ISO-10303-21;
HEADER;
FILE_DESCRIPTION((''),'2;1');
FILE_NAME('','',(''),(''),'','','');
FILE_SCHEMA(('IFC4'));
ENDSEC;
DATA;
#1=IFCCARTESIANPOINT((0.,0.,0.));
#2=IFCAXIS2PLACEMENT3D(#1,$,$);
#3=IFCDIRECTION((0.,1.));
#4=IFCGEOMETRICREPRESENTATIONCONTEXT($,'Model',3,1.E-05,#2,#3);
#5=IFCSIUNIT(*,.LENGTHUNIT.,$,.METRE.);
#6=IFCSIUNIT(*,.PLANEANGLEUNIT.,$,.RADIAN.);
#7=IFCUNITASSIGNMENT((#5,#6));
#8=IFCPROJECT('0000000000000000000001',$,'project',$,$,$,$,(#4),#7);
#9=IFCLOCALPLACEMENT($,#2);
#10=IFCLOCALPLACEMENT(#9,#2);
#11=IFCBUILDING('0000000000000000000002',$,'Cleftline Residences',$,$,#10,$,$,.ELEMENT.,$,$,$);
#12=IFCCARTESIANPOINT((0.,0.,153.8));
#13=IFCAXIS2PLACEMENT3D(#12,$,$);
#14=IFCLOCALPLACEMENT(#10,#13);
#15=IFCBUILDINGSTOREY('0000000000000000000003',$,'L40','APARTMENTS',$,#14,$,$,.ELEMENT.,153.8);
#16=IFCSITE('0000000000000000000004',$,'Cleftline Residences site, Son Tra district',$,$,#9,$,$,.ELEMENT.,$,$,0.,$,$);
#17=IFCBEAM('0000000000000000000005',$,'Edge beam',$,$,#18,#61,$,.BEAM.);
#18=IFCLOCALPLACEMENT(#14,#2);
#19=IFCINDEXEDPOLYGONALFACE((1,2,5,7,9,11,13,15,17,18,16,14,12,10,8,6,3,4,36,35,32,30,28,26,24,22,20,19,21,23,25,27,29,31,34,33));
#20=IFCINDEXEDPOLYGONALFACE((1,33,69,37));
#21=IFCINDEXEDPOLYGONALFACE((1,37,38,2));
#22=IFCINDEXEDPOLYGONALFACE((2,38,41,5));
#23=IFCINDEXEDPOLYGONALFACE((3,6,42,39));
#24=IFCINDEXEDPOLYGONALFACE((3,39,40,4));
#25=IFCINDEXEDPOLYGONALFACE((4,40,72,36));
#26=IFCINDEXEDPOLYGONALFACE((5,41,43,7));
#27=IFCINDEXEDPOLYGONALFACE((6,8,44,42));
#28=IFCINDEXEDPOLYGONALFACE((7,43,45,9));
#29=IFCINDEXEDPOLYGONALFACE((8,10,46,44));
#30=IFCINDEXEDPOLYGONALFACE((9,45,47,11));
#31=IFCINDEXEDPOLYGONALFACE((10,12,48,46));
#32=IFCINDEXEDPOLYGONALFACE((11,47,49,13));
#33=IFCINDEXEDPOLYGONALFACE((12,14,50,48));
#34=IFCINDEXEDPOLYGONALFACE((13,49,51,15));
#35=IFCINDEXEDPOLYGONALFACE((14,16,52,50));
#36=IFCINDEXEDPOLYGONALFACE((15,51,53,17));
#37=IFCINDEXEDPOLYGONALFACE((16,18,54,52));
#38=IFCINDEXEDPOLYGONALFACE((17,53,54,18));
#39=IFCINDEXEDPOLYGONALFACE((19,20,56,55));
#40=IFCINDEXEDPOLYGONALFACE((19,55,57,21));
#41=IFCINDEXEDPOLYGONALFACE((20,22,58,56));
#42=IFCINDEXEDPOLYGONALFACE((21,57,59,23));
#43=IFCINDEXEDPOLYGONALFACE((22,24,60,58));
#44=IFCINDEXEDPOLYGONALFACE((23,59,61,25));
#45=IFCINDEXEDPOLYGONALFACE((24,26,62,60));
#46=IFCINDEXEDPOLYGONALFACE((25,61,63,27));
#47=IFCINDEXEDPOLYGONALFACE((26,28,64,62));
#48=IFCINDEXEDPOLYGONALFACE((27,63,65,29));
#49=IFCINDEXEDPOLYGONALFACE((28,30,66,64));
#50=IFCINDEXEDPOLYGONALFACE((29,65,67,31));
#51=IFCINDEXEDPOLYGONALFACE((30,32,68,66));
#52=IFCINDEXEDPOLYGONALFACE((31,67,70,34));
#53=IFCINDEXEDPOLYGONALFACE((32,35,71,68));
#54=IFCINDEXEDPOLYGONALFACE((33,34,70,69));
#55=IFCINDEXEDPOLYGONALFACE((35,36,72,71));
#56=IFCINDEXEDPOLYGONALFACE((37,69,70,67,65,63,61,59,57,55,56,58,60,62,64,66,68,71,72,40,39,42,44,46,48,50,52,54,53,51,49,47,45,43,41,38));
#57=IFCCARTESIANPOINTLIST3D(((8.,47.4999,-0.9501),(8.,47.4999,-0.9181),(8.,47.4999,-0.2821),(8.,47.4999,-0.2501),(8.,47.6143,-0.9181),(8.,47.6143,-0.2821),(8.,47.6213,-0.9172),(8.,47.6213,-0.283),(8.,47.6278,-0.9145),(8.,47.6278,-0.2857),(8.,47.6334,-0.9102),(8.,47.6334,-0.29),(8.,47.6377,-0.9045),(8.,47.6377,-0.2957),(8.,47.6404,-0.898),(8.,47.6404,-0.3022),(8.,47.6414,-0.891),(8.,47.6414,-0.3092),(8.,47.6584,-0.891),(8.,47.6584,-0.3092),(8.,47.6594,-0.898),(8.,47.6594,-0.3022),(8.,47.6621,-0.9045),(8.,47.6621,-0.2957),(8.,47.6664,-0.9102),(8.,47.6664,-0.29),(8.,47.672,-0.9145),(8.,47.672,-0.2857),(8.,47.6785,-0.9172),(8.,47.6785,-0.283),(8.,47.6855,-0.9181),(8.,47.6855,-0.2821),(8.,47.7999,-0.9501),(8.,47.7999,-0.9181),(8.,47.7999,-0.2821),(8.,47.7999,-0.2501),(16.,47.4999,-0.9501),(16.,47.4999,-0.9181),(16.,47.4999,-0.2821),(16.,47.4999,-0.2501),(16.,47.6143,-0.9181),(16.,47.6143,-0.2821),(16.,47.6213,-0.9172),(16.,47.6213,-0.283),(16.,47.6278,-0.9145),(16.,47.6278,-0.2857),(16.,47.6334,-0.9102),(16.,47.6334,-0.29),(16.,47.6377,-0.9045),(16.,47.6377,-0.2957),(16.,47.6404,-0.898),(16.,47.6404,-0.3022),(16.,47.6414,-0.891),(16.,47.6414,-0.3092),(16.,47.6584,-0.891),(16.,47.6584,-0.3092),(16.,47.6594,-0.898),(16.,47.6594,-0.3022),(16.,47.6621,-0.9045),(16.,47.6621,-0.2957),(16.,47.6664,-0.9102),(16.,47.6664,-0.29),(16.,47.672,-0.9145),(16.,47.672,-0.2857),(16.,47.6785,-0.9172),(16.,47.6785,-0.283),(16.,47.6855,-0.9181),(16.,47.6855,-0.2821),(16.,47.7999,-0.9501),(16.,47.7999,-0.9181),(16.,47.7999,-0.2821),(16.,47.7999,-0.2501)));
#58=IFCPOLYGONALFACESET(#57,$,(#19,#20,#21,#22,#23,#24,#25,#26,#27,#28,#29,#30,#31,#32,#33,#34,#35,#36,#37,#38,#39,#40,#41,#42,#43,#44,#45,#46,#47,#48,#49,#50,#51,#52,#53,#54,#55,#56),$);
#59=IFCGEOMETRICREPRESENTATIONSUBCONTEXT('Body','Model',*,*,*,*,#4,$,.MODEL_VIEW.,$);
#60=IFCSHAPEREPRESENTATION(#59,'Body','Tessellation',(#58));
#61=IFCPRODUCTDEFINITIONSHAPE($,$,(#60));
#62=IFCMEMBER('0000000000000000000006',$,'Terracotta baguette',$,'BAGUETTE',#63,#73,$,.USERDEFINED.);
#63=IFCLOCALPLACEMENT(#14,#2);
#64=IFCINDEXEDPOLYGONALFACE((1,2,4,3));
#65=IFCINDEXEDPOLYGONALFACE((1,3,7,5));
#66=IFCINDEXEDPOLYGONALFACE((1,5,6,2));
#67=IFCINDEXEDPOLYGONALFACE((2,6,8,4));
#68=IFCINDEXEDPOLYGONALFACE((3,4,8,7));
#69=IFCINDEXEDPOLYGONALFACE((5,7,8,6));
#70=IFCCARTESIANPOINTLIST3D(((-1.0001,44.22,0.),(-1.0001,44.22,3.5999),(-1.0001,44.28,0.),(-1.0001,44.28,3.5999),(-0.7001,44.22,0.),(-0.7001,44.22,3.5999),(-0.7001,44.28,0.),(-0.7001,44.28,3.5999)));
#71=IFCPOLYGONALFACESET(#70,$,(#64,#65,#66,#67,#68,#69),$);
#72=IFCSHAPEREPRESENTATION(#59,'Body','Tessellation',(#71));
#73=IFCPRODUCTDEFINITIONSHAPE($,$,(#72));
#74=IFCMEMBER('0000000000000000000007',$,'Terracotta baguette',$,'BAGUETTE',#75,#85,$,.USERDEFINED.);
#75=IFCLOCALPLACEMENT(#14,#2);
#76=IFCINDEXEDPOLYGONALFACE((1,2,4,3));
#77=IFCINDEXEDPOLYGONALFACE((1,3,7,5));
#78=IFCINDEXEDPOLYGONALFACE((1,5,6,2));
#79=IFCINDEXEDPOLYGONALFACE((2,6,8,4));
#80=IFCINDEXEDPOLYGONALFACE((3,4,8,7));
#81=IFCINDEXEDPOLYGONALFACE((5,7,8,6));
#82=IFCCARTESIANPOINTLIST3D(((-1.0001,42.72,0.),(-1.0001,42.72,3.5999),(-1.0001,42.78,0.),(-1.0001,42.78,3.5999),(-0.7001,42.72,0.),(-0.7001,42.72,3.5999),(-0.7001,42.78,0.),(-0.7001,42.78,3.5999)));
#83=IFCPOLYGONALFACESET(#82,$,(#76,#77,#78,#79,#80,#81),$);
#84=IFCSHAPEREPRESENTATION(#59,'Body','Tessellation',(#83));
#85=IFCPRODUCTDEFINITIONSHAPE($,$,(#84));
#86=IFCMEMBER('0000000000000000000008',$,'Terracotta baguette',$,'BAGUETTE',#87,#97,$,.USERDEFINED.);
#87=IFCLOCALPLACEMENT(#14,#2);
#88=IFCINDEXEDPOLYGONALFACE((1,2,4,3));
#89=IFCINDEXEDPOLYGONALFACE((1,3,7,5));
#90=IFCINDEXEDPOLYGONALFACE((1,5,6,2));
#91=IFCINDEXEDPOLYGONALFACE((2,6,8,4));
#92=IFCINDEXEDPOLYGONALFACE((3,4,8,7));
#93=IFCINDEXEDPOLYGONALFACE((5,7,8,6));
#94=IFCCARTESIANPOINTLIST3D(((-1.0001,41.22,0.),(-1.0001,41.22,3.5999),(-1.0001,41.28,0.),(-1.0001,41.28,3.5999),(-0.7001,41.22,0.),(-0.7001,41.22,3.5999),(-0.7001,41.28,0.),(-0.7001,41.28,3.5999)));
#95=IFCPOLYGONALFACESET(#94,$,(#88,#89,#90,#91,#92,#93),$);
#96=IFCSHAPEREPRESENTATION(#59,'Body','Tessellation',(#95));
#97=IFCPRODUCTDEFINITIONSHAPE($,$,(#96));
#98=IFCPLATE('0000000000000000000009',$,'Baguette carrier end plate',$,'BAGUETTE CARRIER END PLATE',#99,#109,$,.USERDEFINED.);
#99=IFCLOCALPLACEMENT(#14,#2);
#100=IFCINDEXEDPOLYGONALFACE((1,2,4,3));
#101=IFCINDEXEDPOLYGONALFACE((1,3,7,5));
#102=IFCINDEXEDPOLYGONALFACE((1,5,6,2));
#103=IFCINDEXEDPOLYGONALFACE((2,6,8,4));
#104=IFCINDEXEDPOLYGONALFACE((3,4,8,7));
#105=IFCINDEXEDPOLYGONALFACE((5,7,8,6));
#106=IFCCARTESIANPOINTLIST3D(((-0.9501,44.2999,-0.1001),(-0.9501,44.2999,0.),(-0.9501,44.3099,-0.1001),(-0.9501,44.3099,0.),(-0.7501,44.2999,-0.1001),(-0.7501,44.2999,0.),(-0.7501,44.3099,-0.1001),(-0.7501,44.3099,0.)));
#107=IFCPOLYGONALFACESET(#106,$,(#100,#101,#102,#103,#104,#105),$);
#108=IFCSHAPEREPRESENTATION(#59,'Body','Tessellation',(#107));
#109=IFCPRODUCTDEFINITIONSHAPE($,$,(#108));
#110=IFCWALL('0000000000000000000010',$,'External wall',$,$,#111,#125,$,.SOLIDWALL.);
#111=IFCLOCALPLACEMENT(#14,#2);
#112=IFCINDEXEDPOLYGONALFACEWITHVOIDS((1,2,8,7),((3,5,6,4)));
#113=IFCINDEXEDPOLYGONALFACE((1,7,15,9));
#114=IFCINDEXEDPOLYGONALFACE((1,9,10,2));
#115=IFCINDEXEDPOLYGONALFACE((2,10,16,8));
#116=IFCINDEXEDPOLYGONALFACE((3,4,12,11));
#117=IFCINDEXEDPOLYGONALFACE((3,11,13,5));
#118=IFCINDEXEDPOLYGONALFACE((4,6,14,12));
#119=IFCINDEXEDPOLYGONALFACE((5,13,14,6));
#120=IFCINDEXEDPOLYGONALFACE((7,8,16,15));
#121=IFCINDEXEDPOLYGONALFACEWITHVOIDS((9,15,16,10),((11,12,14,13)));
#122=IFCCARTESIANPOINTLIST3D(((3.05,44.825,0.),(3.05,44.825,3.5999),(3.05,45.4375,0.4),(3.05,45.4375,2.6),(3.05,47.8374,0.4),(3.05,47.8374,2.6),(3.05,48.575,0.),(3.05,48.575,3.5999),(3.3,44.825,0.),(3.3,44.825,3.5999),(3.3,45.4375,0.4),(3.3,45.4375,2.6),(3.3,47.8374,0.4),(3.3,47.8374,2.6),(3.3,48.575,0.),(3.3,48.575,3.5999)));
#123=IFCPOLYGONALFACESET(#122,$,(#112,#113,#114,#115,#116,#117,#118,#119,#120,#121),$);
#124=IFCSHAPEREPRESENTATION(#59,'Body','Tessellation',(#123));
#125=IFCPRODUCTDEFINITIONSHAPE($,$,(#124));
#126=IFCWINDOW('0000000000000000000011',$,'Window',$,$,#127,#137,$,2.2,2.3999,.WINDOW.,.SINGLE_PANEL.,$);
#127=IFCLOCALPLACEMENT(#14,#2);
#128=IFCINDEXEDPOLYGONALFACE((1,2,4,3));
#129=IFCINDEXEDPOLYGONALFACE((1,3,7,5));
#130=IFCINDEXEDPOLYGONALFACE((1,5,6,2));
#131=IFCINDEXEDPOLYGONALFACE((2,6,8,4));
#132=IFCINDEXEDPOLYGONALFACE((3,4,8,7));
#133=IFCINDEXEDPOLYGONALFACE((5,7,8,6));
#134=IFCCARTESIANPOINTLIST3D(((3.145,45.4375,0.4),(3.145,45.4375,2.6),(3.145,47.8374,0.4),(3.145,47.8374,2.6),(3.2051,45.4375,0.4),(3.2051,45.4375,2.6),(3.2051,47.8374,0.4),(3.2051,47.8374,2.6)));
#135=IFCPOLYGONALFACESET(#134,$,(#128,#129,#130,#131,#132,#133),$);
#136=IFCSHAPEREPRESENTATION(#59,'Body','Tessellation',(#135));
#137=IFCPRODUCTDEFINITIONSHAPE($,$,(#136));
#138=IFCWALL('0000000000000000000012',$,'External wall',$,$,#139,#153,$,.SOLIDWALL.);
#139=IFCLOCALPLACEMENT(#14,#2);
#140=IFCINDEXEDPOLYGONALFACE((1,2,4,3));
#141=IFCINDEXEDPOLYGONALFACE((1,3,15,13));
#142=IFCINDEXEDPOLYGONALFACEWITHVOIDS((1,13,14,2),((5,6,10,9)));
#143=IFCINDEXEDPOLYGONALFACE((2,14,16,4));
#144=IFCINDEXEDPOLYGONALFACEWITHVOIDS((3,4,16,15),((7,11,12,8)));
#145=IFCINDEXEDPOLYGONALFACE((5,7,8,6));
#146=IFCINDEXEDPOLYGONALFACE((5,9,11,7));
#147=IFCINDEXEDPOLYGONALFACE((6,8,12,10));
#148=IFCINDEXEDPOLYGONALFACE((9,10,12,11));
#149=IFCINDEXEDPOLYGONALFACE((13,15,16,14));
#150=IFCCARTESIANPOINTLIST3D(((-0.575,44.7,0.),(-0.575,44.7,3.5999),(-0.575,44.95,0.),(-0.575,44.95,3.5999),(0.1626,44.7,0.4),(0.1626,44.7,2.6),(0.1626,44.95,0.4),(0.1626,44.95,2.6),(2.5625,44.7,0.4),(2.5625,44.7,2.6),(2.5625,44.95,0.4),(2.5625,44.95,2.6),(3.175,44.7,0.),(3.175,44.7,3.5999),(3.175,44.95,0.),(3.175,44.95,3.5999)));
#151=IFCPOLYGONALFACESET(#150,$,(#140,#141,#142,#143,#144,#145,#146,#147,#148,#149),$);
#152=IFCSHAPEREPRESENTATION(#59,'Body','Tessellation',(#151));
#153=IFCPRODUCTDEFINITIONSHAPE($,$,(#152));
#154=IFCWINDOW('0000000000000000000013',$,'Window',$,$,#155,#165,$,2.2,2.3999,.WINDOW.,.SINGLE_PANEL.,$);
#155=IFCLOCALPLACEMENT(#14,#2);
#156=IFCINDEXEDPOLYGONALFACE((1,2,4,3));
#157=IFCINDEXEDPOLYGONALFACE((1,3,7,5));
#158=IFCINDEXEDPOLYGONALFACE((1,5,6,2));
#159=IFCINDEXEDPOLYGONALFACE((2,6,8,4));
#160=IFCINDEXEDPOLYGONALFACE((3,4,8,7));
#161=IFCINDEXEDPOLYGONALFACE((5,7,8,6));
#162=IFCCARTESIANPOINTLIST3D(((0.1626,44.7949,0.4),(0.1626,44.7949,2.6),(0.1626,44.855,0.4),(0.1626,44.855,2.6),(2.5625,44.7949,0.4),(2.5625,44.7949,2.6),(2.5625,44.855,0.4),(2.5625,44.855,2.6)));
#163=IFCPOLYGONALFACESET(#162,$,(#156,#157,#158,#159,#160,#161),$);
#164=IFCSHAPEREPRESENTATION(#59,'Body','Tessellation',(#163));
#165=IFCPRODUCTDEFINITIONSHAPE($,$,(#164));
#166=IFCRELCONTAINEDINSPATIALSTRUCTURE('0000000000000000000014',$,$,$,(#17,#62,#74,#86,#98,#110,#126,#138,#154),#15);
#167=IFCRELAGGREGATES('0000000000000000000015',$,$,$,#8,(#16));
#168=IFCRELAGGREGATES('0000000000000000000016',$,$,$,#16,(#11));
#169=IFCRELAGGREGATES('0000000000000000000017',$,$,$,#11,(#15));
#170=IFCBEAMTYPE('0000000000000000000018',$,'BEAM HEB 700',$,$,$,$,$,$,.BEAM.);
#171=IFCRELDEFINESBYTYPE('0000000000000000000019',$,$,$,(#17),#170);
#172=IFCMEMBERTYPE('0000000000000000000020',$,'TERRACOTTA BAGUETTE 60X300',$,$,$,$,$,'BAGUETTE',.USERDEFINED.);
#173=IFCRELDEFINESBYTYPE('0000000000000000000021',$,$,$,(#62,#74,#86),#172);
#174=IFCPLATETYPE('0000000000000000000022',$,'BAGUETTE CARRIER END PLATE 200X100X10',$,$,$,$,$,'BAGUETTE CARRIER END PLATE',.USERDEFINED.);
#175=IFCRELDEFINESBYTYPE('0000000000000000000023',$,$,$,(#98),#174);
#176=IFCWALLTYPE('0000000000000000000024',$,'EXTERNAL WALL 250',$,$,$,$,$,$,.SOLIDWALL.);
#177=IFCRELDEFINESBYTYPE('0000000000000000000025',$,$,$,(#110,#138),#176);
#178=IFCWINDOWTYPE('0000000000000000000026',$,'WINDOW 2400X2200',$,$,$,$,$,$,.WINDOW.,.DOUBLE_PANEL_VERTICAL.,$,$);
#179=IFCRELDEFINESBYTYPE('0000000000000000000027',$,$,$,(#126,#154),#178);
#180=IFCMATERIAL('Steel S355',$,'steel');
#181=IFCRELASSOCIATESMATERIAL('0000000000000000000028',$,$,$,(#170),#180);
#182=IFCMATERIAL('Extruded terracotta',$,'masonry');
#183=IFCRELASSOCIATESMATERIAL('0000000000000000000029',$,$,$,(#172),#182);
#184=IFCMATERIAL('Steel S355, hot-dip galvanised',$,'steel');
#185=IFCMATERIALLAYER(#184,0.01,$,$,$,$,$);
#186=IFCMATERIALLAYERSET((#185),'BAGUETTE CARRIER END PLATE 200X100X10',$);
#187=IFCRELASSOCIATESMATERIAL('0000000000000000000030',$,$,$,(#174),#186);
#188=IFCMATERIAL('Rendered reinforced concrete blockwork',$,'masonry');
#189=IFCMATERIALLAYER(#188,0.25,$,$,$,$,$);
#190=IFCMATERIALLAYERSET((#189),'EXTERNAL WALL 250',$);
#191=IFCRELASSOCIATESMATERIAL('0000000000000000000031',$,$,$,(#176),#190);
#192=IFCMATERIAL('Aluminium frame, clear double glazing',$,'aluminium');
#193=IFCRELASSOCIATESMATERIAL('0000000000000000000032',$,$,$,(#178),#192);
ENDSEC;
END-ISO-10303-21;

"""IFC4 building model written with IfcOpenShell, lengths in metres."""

from ifc_helpers import new_model, si_unit, direction, frame, frame_2d, origin, origin_2d, place, context, subcontext, project, spatial, rectangle, i_section, extrude, material, layer, layer_set, material_profile, profile_set, type_object, element, fill, save


model = new_model("IFC4")

# Units and contexts
model_context = context("Model", 3, precision=1e-05, world=origin(), true_north=direction((0.0, 1.0)))
body_context = subcontext(model_context, "Body", "Model", "MODEL_VIEW")
ifc_project = project(units=[si_unit("LENGTHUNIT", "METRE"), si_unit("PLANEANGLEUNIT", "RADIAN")], contexts=[model_context])

# Site, building, storey
site_placement = place(None, origin())
site = spatial("IfcSite", under=ifc_project, at=site_placement, Name="Cleftline Residences site, Son Tra district", CompositionType="ELEMENT", RefElevation=0.0)
building_placement = place(site_placement, origin())
building = spatial("IfcBuilding", under=site, at=building_placement, Name="Cleftline Residences", CompositionType="ELEMENT")
storey_placement = place(building_placement, frame((0.0, 0.0, 153.8)))
storey = spatial("IfcBuildingStorey", under=building, at=storey_placement, Name="L40", Description="APARTMENTS", CompositionType="ELEMENT", Elevation=153.8)

# Beam
ifc_material_1 = material(Name="Steel S355", Category="steel")
ifc_material_profile_1 = material_profile(ifc_material_1, i_section(OverallWidth=0.3, OverallDepth=0.7, WebThickness=0.0171, FlangeThickness=0.032, FilletRadius=0.0271, at=origin_2d()))
ifc_profile_set_1 = profile_set([ifc_material_profile_1], Name="Steel S355")
beam_type = type_object("IfcBeamType", Name="BEAM HEB 700", PredefinedType="BEAM", material=ifc_profile_set_1)
beam_placement = place(storey_placement, frame((8.0, 47.6499, -0.6001), z_axis=(1.0, 0.0, 0.0), x_axis=(0.0, 1.0, 0.0)))
element("IfcBeam", 1, at=beam_placement, inside=storey, type_object=beam_type, Name="Edge beam", PredefinedType="BEAM", context=body_context, shape_type="SweptSolid", body=[
    extrude(i_section(OverallWidth=0.3, OverallDepth=0.7, WebThickness=0.0171, FlangeThickness=0.032, FilletRadius=0.0271, at=origin_2d()), origin(), (0.0, 0.0, 1.0), 8.0),
])

# Members
ifc_material_2 = material(Name="Extruded terracotta", Category="masonry")
ifc_material_profile_2 = material_profile(ifc_material_2, rectangle(XDim=0.0601, YDim=0.3, at=origin_2d()))
ifc_profile_set_2 = profile_set([ifc_material_profile_2], Name="Extruded terracotta")
member_type_1 = type_object("IfcMemberType", Name="TERRACOTTA BAGUETTE 60X300", ElementType="BAGUETTE", PredefinedType="USERDEFINED", material=ifc_profile_set_2)
for number, where, z_axis, x_axis, name in (
    (2, (-0.8501, 44.25, 0.0), (0.0, 0.0, 1.0), (0.0, 1.0, 0.0), "Terracotta baguette"),
    (3, (-0.8501, 42.75, 0.0), (0.0, 0.0, 1.0), (0.0, 1.0, 0.0), "Terracotta baguette"),
    (4, (-0.8501, 41.25, 0.0), (0.0, 0.0, 1.0), (0.0, 1.0, 0.0), "Terracotta baguette"),
):
    element("IfcMember", number, at=place(storey_placement, frame(where, z_axis=z_axis, x_axis=x_axis)), inside=storey, type_object=member_type_1, Name=name, ObjectType="BAGUETTE", PredefinedType="USERDEFINED", context=body_context, shape_type="SweptSolid", body=[
        extrude(rectangle(XDim=0.0601, YDim=0.3, at=origin_2d()), origin(), (0.0, 0.0, 1.0), 3.5999),
    ])

# Plate
ifc_material_3 = material(Name="Steel S355, hot-dip galvanised", Category="steel")
ifc_layer_1 = layer(ifc_material_3, 0.01)
ifc_layer_set_1 = layer_set([ifc_layer_1], Name="BAGUETTE CARRIER END PLATE 200X100X10")
plate_type = type_object("IfcPlateType", Name="BAGUETTE CARRIER END PLATE 200X100X10", ElementType="BAGUETTE CARRIER END PLATE", PredefinedType="USERDEFINED", material=ifc_layer_set_1)
plate_placement = place(storey_placement, frame((-0.8501, 44.3049, -0.1001), z_axis=(0.0, 0.0, 1.0), x_axis=(-1.0, 0.0, 0.0)))
element("IfcPlate", 5, at=plate_placement, inside=storey, type_object=plate_type, Name="Baguette carrier end plate", ObjectType="BAGUETTE CARRIER END PLATE", PredefinedType="USERDEFINED", context=body_context, shape_type="SweptSolid", body=[
    extrude(rectangle(XDim=0.2, YDim=0.01, at=origin_2d()), origin(), (0.0, 0.0, 1.0), 0.1001),
])

# Walls, openings, windows
ifc_material_4 = material(Name="Rendered reinforced concrete blockwork", Category="masonry")
ifc_layer_2 = layer(ifc_material_4, 0.25)
ifc_layer_set_2 = layer_set([ifc_layer_2], Name="EXTERNAL WALL 250")
wall_type_1 = type_object("IfcWallType", Name="EXTERNAL WALL 250", PredefinedType="SOLIDWALL", material=ifc_layer_set_2)
wall_1_placement = place(storey_placement, frame((3.175, 48.575, 0.0), z_axis=(0.0, 0.0, 1.0), x_axis=(0.0, -1.0, 0.0)))
wall_1 = element("IfcWall", 6, at=wall_1_placement, inside=storey, type_object=wall_type_1, Name="External wall", PredefinedType="SOLIDWALL", context=body_context, shape_type="SweptSolid", body=[
    extrude(rectangle(XDim=3.75, YDim=0.25, at=frame_2d((1.875, 0.0))), origin(), (0.0, 0.0, 1.0), 3.5999),
])
opening_1_placement = place(wall_1_placement, frame((0.7375, 0.0, 0.3999)))
opening_1 = element("IfcOpeningElement", 7, at=opening_1_placement, cuts=wall_1, PredefinedType="OPENING", context=body_context, shape_type="SweptSolid", body=[
    extrude(rectangle(XDim=2.3999, YDim=2.2, at=frame_2d((1.2, 1.1001))), frame((0.0, 0.135, 0.0), z_axis=(0.0, -1.0, 0.0), x_axis=(1.0, 0.0, 0.0)), (0.0, 0.0, 1.0), 0.27),
])
ifc_material_5 = material(Name="Aluminium frame, clear double glazing", Category="aluminium")
window_type_1 = type_object("IfcWindowType", Name="WINDOW 2400X2200", PartitioningType="DOUBLE_PANEL_VERTICAL", PredefinedType="WINDOW", material=ifc_material_5)
window_1_placement = place(opening_1_placement, origin())
window_1 = element("IfcWindow", 8, at=window_1_placement, inside=storey, type_object=window_type_1, Name="Window", OverallHeight=2.2, OverallWidth=2.3999, PartitioningType="SINGLE_PANEL", PredefinedType="WINDOW", context=body_context, shape_type="SweptSolid", body=[
    extrude(rectangle(XDim=2.3999, YDim=2.2, at=frame_2d((1.2, 1.1001))), frame((0.0, 0.03, 0.0), z_axis=(0.0, -1.0, 0.0), x_axis=(1.0, 0.0, 0.0)), (0.0, 0.0, 1.0), 0.0601),
])
fill(opening_1, window_1)
wall_2_placement = place(storey_placement, frame((3.175, 44.825, 0.0), z_axis=(0.0, 0.0, 1.0), x_axis=(-1.0, 0.0, 0.0)))
wall_2 = element("IfcWall", 9, at=wall_2_placement, inside=storey, type_object=wall_type_1, Name="External wall", PredefinedType="SOLIDWALL", context=body_context, shape_type="SweptSolid", body=[
    extrude(rectangle(XDim=3.75, YDim=0.25, at=frame_2d((1.875, 0.0))), origin(), (0.0, 0.0, 1.0), 3.5999),
])
opening_2_placement = place(wall_2_placement, frame((0.6125, 0.0, 0.3999)))
opening_2 = element("IfcOpeningElement", 10, at=opening_2_placement, cuts=wall_2, PredefinedType="OPENING", context=body_context, shape_type="SweptSolid", body=[
    extrude(rectangle(XDim=2.3999, YDim=2.2, at=frame_2d((1.2, 1.1001))), frame((0.0, 0.135, 0.0), z_axis=(0.0, -1.0, 0.0), x_axis=(1.0, 0.0, 0.0)), (0.0, 0.0, 1.0), 0.27),
])
window_2_placement = place(opening_2_placement, origin())
window_2 = element("IfcWindow", 11, at=window_2_placement, inside=storey, type_object=window_type_1, Name="Window", OverallHeight=2.2, OverallWidth=2.3999, PartitioningType="SINGLE_PANEL", PredefinedType="WINDOW", context=body_context, shape_type="SweptSolid", body=[
    extrude(rectangle(XDim=2.3999, YDim=2.2, at=frame_2d((1.2, 1.1001))), frame((0.0, 0.03, 0.0), z_axis=(0.0, -1.0, 0.0), x_axis=(1.0, 0.0, 0.0)), (0.0, 0.0, 1.0), 0.0601),
])
fill(opening_2, window_2)

save(model, "model.ifc")
